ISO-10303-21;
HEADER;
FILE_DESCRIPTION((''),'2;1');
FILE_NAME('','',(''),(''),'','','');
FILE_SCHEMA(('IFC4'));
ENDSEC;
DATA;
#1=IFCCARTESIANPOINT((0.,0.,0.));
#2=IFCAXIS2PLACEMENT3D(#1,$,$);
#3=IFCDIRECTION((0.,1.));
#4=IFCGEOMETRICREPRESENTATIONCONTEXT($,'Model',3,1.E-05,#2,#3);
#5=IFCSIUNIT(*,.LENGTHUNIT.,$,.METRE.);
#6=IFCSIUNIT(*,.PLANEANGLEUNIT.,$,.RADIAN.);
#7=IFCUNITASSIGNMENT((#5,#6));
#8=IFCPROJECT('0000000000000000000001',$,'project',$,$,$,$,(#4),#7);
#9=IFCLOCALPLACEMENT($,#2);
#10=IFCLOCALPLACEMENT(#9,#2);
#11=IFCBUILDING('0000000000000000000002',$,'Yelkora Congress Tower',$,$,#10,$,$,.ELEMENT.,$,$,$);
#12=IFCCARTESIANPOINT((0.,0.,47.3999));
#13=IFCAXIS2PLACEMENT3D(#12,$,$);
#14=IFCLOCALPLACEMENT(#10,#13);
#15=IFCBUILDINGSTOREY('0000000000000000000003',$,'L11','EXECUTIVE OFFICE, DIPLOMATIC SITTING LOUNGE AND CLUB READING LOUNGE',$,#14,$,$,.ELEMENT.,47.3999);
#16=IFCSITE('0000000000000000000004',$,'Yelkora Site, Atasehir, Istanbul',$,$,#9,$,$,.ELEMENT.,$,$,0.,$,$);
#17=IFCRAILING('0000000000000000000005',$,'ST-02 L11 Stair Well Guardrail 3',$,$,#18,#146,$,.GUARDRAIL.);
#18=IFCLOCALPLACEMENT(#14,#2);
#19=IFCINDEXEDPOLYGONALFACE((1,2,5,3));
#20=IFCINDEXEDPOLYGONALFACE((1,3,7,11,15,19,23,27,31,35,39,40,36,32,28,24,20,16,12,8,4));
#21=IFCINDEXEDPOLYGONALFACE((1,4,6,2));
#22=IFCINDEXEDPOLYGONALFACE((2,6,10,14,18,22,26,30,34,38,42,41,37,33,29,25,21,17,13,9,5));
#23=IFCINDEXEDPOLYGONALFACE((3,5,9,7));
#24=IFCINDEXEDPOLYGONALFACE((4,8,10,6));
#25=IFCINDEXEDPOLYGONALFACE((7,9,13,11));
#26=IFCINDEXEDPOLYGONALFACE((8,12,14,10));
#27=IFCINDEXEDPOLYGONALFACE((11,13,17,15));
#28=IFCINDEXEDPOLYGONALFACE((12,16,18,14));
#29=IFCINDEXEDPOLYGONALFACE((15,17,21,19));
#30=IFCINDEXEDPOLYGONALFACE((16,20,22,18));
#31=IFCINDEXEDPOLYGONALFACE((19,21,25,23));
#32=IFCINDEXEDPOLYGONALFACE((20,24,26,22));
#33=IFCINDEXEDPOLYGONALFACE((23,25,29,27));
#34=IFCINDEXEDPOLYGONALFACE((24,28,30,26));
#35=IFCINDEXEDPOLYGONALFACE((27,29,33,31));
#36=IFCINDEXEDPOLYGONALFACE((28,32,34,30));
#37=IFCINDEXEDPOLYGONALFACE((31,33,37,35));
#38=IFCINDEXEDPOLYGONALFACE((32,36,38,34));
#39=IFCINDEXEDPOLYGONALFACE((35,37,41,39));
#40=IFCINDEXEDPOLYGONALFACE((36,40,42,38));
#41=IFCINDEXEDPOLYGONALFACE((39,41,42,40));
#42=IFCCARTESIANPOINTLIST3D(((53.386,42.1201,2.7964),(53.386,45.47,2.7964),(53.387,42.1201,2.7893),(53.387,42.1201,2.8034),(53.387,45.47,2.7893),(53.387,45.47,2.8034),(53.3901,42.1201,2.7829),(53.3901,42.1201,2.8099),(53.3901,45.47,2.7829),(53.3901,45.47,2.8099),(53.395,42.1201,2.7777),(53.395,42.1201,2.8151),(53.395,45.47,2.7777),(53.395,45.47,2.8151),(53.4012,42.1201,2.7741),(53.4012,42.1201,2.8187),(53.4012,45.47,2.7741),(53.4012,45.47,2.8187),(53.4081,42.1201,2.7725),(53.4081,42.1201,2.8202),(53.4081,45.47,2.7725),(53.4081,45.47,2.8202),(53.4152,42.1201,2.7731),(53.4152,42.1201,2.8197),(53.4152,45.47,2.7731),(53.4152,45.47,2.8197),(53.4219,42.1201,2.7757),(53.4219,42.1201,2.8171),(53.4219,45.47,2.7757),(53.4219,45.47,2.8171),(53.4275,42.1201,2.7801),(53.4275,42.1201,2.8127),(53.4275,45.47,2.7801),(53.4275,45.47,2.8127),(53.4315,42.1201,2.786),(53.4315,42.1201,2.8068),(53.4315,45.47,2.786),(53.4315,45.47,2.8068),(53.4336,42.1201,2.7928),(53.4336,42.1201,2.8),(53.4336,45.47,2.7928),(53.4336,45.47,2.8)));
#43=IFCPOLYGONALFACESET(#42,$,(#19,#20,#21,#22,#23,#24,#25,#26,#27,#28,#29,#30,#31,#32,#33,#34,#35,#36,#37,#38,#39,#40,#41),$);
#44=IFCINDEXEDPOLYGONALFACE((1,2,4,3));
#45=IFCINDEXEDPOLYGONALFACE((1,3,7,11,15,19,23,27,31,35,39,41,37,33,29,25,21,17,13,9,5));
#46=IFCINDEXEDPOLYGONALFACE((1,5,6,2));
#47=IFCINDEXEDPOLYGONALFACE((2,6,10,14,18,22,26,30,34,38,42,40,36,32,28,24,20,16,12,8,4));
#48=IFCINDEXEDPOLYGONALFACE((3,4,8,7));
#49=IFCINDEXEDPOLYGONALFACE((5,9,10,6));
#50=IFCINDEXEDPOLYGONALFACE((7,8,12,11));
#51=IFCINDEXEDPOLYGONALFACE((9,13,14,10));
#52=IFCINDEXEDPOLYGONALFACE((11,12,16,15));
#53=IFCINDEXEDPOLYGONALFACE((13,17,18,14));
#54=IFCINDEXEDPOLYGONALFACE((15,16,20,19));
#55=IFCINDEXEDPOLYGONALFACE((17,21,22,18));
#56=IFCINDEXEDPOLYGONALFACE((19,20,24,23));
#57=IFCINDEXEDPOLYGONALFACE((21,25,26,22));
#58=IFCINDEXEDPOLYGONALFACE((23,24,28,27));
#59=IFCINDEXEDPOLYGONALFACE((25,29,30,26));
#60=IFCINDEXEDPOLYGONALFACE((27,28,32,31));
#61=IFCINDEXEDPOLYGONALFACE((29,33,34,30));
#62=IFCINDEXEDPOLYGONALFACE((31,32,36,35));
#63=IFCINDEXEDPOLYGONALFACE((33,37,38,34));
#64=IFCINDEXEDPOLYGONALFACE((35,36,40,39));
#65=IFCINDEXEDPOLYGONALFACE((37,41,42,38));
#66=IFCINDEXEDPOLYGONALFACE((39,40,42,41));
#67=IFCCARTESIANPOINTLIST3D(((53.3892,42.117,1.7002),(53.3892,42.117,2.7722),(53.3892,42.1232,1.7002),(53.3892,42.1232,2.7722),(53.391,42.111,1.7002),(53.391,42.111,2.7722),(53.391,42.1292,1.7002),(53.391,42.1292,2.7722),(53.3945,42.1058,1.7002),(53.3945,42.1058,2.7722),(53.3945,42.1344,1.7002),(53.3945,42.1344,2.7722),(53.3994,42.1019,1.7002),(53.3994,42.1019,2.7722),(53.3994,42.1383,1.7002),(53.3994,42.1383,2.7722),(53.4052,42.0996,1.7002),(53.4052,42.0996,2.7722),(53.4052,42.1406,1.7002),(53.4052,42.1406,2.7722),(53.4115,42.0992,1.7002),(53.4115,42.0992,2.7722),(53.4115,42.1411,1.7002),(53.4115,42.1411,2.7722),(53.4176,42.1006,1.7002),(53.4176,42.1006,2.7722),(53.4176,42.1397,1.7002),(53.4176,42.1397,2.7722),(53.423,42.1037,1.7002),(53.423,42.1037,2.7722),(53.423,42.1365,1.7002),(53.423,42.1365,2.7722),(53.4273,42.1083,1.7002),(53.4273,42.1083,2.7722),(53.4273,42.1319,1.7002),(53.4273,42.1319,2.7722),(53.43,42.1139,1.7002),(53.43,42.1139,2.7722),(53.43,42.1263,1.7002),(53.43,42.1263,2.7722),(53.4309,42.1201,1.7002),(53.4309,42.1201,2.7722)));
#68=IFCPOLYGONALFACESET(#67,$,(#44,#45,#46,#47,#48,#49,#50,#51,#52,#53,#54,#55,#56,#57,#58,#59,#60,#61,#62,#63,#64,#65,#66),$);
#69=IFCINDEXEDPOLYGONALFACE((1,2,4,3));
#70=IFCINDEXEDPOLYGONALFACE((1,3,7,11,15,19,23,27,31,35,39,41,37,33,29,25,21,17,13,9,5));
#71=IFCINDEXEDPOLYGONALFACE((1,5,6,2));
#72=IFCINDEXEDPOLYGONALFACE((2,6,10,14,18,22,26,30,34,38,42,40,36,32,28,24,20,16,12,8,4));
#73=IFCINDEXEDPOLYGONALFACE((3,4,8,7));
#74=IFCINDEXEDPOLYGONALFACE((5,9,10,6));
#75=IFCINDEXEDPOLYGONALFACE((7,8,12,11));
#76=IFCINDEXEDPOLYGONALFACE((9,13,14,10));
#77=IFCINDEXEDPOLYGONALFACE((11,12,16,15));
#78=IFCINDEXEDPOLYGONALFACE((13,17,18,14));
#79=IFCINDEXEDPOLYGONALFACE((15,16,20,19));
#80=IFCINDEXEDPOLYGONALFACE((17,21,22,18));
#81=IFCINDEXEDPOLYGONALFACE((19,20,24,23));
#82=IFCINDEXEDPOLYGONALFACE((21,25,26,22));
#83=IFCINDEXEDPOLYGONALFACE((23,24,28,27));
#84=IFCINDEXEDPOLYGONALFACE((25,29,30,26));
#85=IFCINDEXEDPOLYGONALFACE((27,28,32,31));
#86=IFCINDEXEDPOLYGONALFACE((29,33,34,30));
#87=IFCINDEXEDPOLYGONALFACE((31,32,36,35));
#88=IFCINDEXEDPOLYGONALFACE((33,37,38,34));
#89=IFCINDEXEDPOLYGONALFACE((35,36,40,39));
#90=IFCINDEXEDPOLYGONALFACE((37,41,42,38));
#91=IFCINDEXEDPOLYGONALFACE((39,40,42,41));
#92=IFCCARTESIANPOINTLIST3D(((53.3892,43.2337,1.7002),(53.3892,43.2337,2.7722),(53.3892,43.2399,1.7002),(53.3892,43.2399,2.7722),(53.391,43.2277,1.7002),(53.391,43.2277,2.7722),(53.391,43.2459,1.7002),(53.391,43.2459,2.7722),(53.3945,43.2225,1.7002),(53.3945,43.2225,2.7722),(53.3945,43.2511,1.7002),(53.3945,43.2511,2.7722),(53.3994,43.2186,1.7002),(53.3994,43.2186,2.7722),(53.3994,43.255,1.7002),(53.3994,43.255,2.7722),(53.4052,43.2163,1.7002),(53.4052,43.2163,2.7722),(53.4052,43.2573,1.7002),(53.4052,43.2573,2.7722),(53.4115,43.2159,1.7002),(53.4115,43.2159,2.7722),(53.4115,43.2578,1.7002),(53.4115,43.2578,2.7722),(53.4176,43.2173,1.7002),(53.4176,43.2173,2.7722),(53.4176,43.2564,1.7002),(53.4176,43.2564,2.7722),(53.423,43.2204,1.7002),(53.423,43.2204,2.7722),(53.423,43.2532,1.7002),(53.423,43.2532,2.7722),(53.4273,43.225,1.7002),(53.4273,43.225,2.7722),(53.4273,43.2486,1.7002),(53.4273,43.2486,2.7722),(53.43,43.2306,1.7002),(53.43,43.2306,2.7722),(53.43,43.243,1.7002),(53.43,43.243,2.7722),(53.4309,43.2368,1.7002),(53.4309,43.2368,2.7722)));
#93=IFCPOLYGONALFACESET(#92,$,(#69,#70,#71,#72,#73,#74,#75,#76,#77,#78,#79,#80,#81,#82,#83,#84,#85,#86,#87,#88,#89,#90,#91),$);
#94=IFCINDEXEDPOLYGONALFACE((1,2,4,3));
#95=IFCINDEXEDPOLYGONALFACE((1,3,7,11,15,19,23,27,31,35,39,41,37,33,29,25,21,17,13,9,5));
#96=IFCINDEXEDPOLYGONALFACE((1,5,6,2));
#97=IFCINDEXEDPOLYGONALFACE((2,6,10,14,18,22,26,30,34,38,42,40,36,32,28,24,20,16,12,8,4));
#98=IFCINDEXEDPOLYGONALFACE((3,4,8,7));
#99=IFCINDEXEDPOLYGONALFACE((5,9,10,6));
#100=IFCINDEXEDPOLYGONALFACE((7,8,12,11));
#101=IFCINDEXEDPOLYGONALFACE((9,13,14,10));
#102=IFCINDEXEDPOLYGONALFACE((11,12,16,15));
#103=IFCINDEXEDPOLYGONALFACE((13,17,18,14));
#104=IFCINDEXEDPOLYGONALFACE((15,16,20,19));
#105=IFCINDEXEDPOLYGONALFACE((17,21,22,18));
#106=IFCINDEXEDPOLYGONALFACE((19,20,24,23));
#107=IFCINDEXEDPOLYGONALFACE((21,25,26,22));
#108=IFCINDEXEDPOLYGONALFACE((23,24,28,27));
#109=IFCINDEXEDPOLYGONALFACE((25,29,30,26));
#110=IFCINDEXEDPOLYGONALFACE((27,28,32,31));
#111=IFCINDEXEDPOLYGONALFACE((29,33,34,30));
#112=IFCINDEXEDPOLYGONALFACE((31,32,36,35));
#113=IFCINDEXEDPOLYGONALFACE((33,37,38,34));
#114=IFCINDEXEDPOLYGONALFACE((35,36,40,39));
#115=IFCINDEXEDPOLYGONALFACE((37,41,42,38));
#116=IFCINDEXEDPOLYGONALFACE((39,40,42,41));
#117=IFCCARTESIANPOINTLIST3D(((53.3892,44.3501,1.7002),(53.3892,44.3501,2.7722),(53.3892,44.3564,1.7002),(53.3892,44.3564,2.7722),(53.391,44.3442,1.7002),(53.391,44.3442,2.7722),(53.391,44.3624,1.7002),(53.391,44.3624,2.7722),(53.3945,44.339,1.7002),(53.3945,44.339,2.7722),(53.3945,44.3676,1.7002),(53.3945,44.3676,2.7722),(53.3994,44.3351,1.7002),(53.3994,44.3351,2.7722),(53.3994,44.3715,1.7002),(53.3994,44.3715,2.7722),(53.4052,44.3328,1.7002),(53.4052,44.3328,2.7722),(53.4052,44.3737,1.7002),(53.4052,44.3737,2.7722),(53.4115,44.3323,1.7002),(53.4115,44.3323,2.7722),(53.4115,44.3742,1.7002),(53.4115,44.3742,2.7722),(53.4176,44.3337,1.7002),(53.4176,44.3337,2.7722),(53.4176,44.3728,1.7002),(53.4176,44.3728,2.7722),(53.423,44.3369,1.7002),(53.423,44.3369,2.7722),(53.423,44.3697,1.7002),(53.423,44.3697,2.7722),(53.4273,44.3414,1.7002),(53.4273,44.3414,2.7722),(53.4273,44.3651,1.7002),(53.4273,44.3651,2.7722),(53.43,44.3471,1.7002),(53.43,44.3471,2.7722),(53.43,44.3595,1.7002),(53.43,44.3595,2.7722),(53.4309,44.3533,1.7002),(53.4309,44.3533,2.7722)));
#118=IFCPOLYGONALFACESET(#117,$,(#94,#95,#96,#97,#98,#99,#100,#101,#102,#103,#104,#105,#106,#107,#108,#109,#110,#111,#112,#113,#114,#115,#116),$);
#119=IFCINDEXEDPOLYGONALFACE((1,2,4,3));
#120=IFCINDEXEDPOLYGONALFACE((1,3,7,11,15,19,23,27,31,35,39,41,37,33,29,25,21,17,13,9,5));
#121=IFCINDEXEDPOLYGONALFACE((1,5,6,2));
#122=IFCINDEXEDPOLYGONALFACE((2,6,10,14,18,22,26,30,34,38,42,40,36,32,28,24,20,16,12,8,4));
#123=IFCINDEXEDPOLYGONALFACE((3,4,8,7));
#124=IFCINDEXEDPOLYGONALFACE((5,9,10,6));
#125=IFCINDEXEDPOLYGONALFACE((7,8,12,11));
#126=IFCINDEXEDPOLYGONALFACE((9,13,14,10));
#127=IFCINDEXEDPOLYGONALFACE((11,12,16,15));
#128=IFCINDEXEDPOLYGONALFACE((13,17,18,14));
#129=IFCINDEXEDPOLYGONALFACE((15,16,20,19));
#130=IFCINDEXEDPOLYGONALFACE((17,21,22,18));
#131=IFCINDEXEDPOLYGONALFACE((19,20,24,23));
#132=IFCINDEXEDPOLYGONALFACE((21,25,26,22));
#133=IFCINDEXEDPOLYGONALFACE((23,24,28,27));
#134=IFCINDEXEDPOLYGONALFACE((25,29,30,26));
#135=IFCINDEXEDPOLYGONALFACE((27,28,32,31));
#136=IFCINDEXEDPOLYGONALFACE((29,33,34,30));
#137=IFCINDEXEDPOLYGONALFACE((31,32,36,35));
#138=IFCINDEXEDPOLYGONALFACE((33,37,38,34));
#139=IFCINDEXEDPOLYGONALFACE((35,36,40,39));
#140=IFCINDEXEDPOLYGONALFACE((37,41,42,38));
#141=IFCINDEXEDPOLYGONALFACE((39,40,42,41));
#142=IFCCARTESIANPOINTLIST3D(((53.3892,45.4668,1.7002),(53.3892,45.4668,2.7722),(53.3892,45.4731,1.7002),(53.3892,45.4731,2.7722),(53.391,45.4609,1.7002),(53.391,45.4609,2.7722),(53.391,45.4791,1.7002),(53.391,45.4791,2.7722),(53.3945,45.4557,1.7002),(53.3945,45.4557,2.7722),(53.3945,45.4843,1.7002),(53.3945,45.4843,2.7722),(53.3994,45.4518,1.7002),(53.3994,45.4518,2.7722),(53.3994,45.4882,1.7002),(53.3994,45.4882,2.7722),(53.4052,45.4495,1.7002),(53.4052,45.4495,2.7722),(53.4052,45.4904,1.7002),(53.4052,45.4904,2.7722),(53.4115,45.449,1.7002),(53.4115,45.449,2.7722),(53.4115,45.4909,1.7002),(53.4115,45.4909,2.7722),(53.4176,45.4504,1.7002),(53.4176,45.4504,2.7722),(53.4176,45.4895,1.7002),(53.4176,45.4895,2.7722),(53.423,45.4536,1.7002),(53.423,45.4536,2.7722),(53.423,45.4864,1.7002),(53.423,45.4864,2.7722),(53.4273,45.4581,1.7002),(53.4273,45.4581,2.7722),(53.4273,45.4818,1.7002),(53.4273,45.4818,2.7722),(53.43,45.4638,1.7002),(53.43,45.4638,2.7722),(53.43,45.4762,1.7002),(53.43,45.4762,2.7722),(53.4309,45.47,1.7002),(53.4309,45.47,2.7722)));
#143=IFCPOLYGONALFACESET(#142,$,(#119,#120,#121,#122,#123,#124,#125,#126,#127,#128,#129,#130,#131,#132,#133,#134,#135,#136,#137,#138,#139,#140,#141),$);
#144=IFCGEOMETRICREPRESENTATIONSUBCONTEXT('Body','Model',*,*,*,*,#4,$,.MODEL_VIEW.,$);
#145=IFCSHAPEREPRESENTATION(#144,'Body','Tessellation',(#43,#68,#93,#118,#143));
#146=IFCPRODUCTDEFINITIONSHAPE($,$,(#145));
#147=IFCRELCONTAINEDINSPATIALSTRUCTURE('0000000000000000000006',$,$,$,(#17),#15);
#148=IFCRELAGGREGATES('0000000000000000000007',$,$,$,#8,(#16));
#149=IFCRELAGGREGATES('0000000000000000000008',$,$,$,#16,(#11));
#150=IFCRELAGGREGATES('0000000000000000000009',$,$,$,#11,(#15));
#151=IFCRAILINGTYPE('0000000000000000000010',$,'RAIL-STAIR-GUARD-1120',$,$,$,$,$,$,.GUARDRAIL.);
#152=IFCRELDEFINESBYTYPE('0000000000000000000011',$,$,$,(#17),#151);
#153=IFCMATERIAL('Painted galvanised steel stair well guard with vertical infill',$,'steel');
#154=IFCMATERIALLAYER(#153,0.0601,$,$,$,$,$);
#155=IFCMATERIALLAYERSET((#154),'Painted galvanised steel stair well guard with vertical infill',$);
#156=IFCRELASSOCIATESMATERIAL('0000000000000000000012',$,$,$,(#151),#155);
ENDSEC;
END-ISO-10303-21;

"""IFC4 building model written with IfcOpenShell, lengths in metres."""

from ifc_helpers import new_model, si_unit, direction, frame, origin, origin_2d, place, context, subcontext, project, spatial, circle, extrude, material, layer, layer_set, type_object, element, save


model = new_model("IFC4")

# Units and contexts
model_context = context("Model", 3, precision=1e-05, world=origin(), true_north=direction((0.0, 1.0)))
body_context = subcontext(model_context, "Body", "Model", "MODEL_VIEW")
ifc_project = project(units=[si_unit("LENGTHUNIT", "METRE"), si_unit("PLANEANGLEUNIT", "RADIAN")], contexts=[model_context])

# Site, building, storey
site_placement = place(None, origin())
site = spatial("IfcSite", under=ifc_project, at=site_placement, Name="Yelkora Site, Atasehir, Istanbul", CompositionType="ELEMENT", RefElevation=0.0)
building_placement = place(site_placement, origin())
building = spatial("IfcBuilding", under=site, at=building_placement, Name="Yelkora Congress Tower", CompositionType="ELEMENT")
storey_placement = place(building_placement, frame((0.0, 0.0, 47.3999)))
storey = spatial("IfcBuildingStorey", under=building, at=storey_placement, Name="L11", Description="EXECUTIVE OFFICE, DIPLOMATIC SITTING LOUNGE AND CLUB READING LOUNGE", CompositionType="ELEMENT", Elevation=47.3999)

# Railing
ifc_material_1 = material(Name="Painted galvanised steel stair well guard with vertical infill", Category="steel")
ifc_layer_1 = layer(ifc_material_1, 0.0601)
ifc_layer_set_1 = layer_set([ifc_layer_1], Name="Painted galvanised steel stair well guard with vertical infill")
railing_type_1 = type_object("IfcRailingType", Name="RAIL-STAIR-GUARD-1120", PredefinedType="GUARDRAIL", material=ifc_layer_set_1)
railing_1_placement = place(storey_placement, frame((53.4099, 42.1201, 1.7002)))
element("IfcRailing", 1, at=railing_1_placement, inside=storey, type_object=railing_type_1, Name="ST-02 L11 Stair Well Guardrail 3", PredefinedType="GUARDRAIL", context=body_context, shape_type="SweptSolid", body=[
    extrude(circle(Radius=0.0239, at=origin_2d()), frame((0.0, 0.0, 1.0962), z_axis=(0.0, 1.0, 0.0), x_axis=(-1.0, 0.0, 0.0)), (0.0, 0.0, 1.0), 3.3499),
    extrude(circle(Radius=0.021, at=origin_2d()), origin(), (0.0, 0.0, 1.0), 1.072),
    extrude(circle(Radius=0.021, at=origin_2d()), frame((0.0, 1.1167, 0.0)), (0.0, 0.0, 1.0), 1.072),
    extrude(circle(Radius=0.021, at=origin_2d()), frame((0.0, 2.2332, 0.0)), (0.0, 0.0, 1.0), 1.072),
    extrude(circle(Radius=0.021, at=origin_2d()), frame((0.0, 3.3499, 0.0)), (0.0, 0.0, 1.0), 1.072),
])

save(model, "model.ifc")
